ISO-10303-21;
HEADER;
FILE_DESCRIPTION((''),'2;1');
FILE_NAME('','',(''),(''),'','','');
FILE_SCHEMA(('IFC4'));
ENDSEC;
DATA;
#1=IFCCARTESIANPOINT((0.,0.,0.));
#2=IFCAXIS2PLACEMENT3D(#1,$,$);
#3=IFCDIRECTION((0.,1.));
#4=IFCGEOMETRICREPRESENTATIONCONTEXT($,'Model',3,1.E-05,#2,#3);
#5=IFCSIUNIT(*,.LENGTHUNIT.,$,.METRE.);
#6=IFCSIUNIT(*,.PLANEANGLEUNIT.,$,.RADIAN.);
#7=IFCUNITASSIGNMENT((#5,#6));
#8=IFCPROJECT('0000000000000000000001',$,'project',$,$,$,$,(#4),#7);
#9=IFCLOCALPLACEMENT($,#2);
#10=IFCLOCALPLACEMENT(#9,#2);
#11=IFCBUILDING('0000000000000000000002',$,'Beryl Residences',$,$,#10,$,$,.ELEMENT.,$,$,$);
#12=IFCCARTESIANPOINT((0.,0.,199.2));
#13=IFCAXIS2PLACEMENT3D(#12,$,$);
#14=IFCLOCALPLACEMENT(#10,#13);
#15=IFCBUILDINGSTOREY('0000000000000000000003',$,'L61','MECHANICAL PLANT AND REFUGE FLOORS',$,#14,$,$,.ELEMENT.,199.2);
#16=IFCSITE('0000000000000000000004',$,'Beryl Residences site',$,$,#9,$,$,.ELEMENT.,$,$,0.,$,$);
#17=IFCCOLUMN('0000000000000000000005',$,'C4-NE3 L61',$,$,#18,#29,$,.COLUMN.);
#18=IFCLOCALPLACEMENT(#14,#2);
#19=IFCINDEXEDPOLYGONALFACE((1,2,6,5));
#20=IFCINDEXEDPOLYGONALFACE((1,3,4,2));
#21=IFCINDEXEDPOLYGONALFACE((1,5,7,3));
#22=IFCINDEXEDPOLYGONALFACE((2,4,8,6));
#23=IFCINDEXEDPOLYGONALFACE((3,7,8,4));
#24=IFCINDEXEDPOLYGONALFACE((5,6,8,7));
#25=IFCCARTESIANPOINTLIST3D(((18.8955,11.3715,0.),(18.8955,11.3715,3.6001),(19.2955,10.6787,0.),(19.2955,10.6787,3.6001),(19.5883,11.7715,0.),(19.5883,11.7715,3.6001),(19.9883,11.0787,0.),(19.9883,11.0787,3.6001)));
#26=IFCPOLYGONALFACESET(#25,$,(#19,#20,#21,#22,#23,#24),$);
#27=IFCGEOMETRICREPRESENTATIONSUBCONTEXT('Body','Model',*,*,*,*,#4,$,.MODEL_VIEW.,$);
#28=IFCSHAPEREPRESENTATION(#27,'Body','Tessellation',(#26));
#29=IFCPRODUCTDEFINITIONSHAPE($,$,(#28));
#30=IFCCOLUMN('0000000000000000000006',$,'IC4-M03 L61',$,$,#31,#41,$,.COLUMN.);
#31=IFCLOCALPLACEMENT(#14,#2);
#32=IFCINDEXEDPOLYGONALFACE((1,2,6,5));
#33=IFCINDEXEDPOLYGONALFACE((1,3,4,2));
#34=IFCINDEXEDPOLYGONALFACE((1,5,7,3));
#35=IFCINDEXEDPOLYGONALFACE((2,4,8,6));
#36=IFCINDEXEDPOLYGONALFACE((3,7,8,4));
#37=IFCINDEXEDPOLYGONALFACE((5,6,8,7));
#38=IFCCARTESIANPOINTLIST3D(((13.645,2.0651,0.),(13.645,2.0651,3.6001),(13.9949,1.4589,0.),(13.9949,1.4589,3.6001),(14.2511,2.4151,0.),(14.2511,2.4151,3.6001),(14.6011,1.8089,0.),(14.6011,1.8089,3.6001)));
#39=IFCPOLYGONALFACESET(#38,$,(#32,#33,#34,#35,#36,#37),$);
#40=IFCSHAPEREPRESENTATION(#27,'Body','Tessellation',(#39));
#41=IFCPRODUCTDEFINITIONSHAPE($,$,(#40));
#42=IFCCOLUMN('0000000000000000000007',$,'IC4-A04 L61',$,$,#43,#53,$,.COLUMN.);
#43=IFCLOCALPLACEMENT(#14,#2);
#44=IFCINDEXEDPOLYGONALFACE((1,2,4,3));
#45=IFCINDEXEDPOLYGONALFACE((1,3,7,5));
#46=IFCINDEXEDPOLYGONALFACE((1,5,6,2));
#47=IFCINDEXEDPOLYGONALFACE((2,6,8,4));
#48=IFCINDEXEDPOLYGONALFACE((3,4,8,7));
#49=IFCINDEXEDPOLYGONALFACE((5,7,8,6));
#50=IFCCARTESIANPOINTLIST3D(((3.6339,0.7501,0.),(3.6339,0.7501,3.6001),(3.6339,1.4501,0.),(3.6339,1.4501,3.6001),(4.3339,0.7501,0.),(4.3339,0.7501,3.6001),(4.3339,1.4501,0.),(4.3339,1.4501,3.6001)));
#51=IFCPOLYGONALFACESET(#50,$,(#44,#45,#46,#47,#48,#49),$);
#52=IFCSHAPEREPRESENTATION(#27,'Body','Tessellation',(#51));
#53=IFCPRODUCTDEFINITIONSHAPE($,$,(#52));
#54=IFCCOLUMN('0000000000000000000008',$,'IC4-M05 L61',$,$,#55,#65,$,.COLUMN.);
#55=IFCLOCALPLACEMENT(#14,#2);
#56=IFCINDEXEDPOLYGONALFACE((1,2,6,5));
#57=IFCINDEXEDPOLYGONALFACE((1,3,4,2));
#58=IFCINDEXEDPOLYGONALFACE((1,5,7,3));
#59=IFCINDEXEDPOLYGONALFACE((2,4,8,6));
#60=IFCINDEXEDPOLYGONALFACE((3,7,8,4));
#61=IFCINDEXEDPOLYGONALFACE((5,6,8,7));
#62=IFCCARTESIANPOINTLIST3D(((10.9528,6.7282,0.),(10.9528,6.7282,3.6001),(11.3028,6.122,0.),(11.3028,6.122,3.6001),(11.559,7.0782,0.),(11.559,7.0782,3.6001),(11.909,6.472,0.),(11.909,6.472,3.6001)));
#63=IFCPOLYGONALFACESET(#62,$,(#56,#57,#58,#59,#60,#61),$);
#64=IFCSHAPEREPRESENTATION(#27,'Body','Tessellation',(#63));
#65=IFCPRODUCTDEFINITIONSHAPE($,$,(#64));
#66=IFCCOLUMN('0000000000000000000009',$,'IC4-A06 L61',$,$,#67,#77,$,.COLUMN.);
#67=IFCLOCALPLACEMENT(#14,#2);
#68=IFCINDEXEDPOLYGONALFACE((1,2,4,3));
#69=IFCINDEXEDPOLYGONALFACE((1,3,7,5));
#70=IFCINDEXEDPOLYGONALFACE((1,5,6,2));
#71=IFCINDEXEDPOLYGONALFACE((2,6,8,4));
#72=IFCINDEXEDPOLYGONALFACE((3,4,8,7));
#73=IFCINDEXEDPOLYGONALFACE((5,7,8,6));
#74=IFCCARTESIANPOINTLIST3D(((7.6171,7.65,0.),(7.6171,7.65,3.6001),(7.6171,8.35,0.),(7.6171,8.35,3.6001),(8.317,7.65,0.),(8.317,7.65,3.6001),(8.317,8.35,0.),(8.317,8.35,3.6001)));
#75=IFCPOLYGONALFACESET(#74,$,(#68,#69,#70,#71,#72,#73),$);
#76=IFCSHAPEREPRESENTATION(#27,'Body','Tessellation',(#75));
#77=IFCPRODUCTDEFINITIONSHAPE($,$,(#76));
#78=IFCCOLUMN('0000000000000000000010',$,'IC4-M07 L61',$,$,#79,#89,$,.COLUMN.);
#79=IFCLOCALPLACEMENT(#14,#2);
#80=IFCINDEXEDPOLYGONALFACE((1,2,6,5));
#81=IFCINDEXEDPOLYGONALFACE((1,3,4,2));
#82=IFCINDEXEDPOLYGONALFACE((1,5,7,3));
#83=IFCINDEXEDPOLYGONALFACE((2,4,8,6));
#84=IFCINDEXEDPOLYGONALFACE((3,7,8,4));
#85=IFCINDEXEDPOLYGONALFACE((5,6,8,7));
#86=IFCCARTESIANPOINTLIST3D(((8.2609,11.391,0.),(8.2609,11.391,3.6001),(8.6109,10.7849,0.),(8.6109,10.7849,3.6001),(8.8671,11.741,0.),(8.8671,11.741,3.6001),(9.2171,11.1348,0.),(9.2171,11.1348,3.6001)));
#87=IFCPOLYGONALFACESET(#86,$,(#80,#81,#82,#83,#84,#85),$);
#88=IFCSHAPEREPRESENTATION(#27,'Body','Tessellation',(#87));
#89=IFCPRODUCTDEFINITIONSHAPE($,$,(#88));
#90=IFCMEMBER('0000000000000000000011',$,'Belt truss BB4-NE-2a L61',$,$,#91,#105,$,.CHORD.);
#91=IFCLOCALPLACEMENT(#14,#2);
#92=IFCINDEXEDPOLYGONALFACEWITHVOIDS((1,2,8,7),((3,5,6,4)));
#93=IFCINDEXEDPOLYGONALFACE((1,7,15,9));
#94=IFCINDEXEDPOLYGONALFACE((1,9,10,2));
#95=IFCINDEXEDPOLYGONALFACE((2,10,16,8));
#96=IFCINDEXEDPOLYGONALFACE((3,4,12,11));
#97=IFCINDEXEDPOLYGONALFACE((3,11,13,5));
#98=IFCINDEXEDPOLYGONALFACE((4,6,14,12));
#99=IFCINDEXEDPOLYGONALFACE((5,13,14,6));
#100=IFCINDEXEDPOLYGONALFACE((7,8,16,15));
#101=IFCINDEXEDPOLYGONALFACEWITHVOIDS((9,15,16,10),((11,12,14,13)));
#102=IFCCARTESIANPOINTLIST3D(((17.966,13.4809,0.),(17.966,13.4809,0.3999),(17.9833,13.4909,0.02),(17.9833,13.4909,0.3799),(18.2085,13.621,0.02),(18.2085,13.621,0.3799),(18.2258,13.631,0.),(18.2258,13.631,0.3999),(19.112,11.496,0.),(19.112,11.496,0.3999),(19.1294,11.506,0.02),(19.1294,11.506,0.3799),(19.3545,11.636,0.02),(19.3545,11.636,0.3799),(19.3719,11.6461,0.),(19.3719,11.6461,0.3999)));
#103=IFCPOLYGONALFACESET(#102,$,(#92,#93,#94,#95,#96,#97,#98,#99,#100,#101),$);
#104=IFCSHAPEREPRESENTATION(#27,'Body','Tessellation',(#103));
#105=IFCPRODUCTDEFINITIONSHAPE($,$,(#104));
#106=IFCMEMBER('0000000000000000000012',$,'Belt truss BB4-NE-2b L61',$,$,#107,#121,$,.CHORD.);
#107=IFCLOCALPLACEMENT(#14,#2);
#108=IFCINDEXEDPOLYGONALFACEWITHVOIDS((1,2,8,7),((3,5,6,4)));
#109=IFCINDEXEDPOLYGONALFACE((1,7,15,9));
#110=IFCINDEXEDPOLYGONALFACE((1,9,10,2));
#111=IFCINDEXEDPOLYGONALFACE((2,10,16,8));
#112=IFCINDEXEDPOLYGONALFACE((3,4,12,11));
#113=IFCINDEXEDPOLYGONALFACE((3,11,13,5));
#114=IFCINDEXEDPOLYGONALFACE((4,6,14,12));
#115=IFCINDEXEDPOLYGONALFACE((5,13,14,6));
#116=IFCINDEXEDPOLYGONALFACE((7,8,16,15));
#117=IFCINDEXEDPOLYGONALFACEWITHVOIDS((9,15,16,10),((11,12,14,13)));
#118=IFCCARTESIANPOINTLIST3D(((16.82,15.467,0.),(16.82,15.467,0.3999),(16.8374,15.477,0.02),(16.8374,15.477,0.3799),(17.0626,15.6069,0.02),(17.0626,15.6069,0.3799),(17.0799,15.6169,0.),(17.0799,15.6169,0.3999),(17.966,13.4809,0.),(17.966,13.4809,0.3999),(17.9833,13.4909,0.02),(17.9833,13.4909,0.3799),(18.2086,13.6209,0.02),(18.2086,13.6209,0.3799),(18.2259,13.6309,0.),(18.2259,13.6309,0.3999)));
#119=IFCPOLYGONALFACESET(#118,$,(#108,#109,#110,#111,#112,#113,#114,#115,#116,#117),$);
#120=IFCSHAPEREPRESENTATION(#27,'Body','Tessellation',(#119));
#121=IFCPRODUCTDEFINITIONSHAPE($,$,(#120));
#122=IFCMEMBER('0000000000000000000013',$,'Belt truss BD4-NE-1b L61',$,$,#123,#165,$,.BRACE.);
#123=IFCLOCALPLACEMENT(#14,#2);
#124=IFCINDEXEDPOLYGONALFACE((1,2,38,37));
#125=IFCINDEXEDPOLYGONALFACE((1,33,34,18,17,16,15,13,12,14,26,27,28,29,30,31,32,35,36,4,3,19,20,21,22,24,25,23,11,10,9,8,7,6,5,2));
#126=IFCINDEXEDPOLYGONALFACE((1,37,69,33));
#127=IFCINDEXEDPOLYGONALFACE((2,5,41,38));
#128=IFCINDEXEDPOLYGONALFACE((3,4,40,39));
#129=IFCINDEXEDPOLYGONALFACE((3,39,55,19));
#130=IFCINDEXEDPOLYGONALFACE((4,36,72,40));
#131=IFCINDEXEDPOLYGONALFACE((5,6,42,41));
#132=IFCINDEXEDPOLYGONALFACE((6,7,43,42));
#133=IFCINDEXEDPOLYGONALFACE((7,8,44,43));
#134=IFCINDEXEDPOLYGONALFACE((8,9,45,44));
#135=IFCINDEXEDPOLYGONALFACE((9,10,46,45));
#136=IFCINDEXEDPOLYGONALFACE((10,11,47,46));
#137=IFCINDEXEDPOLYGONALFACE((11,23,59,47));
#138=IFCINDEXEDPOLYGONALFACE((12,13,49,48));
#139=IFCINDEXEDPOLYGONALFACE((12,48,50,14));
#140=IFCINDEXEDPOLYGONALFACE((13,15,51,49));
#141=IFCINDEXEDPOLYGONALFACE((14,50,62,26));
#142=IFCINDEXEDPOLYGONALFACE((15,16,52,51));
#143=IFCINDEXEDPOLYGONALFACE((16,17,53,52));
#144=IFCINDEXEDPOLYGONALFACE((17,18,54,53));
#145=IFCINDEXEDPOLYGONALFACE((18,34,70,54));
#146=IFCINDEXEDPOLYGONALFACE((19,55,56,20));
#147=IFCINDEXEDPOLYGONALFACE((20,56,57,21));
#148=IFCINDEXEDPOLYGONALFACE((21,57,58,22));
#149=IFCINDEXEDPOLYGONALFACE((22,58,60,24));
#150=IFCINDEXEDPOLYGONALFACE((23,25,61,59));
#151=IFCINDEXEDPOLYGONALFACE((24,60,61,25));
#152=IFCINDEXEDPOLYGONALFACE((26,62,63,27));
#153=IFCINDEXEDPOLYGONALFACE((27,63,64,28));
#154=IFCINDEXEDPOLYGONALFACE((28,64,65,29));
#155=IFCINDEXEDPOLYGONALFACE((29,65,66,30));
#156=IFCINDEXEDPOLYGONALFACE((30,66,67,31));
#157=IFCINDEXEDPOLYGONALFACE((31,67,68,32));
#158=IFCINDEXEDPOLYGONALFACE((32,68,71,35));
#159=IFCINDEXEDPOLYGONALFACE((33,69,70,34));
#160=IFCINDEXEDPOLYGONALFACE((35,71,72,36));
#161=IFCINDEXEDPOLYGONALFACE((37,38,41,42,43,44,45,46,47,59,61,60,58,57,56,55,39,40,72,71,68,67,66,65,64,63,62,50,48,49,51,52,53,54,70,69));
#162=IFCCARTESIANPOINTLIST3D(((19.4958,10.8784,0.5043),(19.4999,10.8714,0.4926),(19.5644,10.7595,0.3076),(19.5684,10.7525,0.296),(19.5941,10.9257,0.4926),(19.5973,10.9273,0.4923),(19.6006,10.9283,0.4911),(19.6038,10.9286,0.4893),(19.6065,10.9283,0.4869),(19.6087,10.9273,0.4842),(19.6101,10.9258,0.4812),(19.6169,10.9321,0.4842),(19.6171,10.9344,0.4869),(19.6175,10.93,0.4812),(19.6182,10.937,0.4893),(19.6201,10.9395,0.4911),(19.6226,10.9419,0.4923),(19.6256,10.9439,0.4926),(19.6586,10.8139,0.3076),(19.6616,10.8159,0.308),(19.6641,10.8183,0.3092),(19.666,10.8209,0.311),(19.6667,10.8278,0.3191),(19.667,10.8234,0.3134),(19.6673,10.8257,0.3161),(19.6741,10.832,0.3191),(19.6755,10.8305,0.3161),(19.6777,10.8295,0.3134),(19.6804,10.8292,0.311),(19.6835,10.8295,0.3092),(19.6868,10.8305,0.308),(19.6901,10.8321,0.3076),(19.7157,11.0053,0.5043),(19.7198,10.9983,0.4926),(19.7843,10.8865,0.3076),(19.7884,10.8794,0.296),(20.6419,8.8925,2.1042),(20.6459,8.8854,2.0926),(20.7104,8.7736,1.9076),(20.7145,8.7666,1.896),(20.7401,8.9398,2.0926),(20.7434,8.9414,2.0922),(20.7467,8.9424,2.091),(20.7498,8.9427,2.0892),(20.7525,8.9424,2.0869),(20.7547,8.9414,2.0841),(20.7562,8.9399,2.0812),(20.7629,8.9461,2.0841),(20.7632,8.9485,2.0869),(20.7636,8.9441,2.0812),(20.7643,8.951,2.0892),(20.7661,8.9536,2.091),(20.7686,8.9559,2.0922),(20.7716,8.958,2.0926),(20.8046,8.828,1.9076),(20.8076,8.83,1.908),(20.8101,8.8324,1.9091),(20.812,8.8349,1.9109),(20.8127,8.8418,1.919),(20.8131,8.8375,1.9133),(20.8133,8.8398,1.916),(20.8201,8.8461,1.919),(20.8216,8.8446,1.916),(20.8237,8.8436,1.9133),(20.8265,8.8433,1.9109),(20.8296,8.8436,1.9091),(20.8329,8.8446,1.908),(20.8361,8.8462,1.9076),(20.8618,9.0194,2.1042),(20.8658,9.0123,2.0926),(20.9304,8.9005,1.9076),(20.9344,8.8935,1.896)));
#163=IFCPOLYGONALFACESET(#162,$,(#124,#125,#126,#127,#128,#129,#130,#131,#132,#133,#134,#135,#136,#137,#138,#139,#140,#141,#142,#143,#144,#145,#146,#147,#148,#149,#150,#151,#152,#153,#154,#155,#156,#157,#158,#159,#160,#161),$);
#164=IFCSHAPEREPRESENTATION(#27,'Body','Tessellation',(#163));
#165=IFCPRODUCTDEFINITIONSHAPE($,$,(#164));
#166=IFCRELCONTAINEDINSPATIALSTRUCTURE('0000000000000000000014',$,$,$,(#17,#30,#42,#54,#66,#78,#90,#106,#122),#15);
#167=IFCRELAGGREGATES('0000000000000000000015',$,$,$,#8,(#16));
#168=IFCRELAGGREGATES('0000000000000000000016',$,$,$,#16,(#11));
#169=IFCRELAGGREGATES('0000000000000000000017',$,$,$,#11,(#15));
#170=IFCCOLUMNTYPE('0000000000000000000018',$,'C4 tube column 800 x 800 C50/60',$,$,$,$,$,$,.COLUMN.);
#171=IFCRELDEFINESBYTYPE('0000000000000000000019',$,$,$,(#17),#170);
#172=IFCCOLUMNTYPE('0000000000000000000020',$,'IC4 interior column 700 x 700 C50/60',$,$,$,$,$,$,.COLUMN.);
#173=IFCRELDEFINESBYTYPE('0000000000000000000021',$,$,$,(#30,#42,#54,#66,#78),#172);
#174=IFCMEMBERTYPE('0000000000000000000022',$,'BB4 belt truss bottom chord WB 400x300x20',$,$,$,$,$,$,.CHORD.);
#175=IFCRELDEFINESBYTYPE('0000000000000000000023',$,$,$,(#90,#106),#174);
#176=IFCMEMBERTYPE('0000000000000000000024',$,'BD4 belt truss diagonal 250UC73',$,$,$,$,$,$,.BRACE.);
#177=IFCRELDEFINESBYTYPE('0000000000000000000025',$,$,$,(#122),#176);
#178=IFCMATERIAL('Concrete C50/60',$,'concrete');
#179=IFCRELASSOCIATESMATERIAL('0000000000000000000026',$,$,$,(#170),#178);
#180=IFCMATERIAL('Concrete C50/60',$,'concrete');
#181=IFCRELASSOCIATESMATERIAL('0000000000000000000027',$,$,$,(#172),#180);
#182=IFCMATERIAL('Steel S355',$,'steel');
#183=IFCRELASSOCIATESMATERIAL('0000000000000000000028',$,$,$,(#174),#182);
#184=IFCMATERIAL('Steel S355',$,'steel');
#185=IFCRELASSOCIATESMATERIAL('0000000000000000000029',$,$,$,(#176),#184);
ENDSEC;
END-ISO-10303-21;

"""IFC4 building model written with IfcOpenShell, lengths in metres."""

from ifc_helpers import new_model, si_unit, direction, frame, origin, origin_2d, place, context, subcontext, project, spatial, rectangle, hollow_rectangle, i_section, extrude, material, material_profile, profile_set, type_object, element, save


model = new_model("IFC4")

# Units and contexts
model_context = context("Model", 3, precision=1e-05, world=origin(), true_north=direction((0.0, 1.0)))
body_context = subcontext(model_context, "Body", "Model", "MODEL_VIEW")
ifc_project = project(units=[si_unit("LENGTHUNIT", "METRE"), si_unit("PLANEANGLEUNIT", "RADIAN")], contexts=[model_context])

# Site, building, storey
site_placement = place(None, origin())
site = spatial("IfcSite", under=ifc_project, at=site_placement, Name="Beryl Residences site", CompositionType="ELEMENT", RefElevation=0.0)
building_placement = place(site_placement, origin())
building = spatial("IfcBuilding", under=site, at=building_placement, Name="Beryl Residences", CompositionType="ELEMENT")
storey_placement = place(building_placement, frame((0.0, 0.0, 199.2)))
storey = spatial("IfcBuildingStorey", under=building, at=storey_placement, Name="L61", Description="MECHANICAL PLANT AND REFUGE FLOORS", CompositionType="ELEMENT", Elevation=199.2)

# Columns
ifc_material_1 = material(Name="Concrete C50/60", Category="concrete")
ifc_material_profile_1 = material_profile(ifc_material_1, rectangle(XDim=0.8, YDim=0.8, at=origin_2d()))
ifc_profile_set_1 = profile_set([ifc_material_profile_1], Name="Concrete C50/60")
column_type_1 = type_object("IfcColumnType", Name="C4 tube column 800 x 800 C50/60", PredefinedType="COLUMN", material=ifc_profile_set_1)
column_placement = place(storey_placement, frame((19.4419, 11.2251, 0.0), z_axis=(0.0, 0.0, 1.0), x_axis=(-0.5, 0.866025, 0.0)))
element("IfcColumn", 1, at=column_placement, inside=storey, type_object=column_type_1, Name="C4-NE3 L61", PredefinedType="COLUMN", context=body_context, shape_type="SweptSolid", body=[
    extrude(rectangle(XDim=0.8, YDim=0.8, at=origin_2d()), origin(), (0.0, 0.0, 1.0), 3.6001),
])
ifc_material_2 = material(Name="Concrete C50/60", Category="concrete")
ifc_material_profile_2 = material_profile(ifc_material_2, rectangle(XDim=0.7, YDim=0.7, at=origin_2d()))
ifc_profile_set_2 = profile_set([ifc_material_profile_2], Name="Concrete C50/60")
column_type_2 = type_object("IfcColumnType", Name="IC4 interior column 700 x 700 C50/60", PredefinedType="COLUMN", material=ifc_profile_set_2)
for number, where, z_axis, x_axis, name in (
    (2, (14.123, 1.937, 0.0), (0.0, 0.0, 1.0), (-0.5, 0.866025, 0.0), "IC4-M03 L61"),
    (3, (3.9839, 1.1001, 0.0), (0.0, 0.0, 1.0), (1.0, 0.0, 0.0), "IC4-A04 L61"),
    (4, (11.4309, 6.6001, 0.0), (0.0, 0.0, 1.0), (-0.5, 0.866025, 0.0), "IC4-M05 L61"),
    (5, (7.967, 8.0, 0.0), (0.0, 0.0, 1.0), (1.0, 0.0, 0.0), "IC4-A06 L61"),
    (6, (8.739, 11.2629, 0.0), (0.0, 0.0, 1.0), (-0.5, 0.866025, 0.0), "IC4-M07 L61"),
):
    element("IfcColumn", number, at=place(storey_placement, frame(where, z_axis=z_axis, x_axis=x_axis)), inside=storey, type_object=column_type_2, Name=name, PredefinedType="COLUMN", context=body_context, shape_type="SweptSolid", body=[
        extrude(rectangle(XDim=0.7, YDim=0.7, at=origin_2d()), origin(), (0.0, 0.0, 1.0), 3.6001),
    ])

# Members
ifc_material_3 = material(Name="Steel S355", Category="steel")
ifc_material_profile_3 = material_profile(ifc_material_3, hollow_rectangle(XDim=0.3, YDim=0.3999, WallThickness=0.02, at=origin_2d()))
ifc_profile_set_3 = profile_set([ifc_material_profile_3], Name="Steel S355")
member_type_1 = type_object("IfcMemberType", Name="BB4 belt truss bottom chord WB 400x300x20", PredefinedType="CHORD", material=ifc_profile_set_3)
member_1_placement = place(storey_placement, frame((19.2419, 11.571, 0.2), z_axis=(-0.500011, 0.866019, 0.0), x_axis=(-0.866019, -0.500011, 0.0)))
element("IfcMember", 7, at=member_1_placement, inside=storey, type_object=member_type_1, Name="Belt truss BB4-NE-2a L61", PredefinedType="CHORD", context=body_context, shape_type="SweptSolid", body=[
    extrude(hollow_rectangle(XDim=0.3, YDim=0.3999, WallThickness=0.02, at=origin_2d()), origin(), (0.0, 0.0, 1.0), 2.292),
])
member_2_placement = place(storey_placement, frame((18.0959, 13.5559, 0.2), z_axis=(-0.499781, 0.866152, 0.0), x_axis=(-0.866152, -0.499781, 0.0)))
element("IfcMember", 8, at=member_2_placement, inside=storey, type_object=member_type_1, Name="Belt truss BB4-NE-2b L61", PredefinedType="CHORD", context=body_context, shape_type="SweptSolid", body=[
    extrude(hollow_rectangle(XDim=0.3, YDim=0.3999, WallThickness=0.02, at=origin_2d()), origin(), (0.0, 0.0, 1.0), 2.293),
])
ifc_material_4 = material(Name="Steel S355", Category="steel")
ifc_material_profile_4 = material_profile(ifc_material_4, i_section(OverallWidth=0.2539, OverallDepth=0.2539, WebThickness=0.0085, FlangeThickness=0.0142, FilletRadius=0.0139, at=origin_2d()))
ifc_profile_set_4 = profile_set([ifc_material_profile_4], Name="Steel S355")
member_type_2 = type_object("IfcMemberType", Name="BD4 belt truss diagonal 250UC73", PredefinedType="BRACE", material=ifc_profile_set_4)
member_3_placement = place(storey_placement, frame((19.6421, 10.8789, 0.4001), z_axis=(0.409902, -0.710298, 0.572238), x_axis=(0.866125, 0.499827, 0.0)))
element("IfcMember", 9, at=member_3_placement, inside=storey, type_object=member_type_2, Name="Belt truss BD4-NE-1b L61", PredefinedType="BRACE", context=body_context, shape_type="SweptSolid", body=[
    extrude(i_section(OverallWidth=0.2539, OverallDepth=0.2539, WebThickness=0.0085, FlangeThickness=0.0142, FilletRadius=0.0139, at=origin_2d()), origin(), (0.0, 0.0, 1.0), 2.7959),
])

save(model, "model.ifc")
